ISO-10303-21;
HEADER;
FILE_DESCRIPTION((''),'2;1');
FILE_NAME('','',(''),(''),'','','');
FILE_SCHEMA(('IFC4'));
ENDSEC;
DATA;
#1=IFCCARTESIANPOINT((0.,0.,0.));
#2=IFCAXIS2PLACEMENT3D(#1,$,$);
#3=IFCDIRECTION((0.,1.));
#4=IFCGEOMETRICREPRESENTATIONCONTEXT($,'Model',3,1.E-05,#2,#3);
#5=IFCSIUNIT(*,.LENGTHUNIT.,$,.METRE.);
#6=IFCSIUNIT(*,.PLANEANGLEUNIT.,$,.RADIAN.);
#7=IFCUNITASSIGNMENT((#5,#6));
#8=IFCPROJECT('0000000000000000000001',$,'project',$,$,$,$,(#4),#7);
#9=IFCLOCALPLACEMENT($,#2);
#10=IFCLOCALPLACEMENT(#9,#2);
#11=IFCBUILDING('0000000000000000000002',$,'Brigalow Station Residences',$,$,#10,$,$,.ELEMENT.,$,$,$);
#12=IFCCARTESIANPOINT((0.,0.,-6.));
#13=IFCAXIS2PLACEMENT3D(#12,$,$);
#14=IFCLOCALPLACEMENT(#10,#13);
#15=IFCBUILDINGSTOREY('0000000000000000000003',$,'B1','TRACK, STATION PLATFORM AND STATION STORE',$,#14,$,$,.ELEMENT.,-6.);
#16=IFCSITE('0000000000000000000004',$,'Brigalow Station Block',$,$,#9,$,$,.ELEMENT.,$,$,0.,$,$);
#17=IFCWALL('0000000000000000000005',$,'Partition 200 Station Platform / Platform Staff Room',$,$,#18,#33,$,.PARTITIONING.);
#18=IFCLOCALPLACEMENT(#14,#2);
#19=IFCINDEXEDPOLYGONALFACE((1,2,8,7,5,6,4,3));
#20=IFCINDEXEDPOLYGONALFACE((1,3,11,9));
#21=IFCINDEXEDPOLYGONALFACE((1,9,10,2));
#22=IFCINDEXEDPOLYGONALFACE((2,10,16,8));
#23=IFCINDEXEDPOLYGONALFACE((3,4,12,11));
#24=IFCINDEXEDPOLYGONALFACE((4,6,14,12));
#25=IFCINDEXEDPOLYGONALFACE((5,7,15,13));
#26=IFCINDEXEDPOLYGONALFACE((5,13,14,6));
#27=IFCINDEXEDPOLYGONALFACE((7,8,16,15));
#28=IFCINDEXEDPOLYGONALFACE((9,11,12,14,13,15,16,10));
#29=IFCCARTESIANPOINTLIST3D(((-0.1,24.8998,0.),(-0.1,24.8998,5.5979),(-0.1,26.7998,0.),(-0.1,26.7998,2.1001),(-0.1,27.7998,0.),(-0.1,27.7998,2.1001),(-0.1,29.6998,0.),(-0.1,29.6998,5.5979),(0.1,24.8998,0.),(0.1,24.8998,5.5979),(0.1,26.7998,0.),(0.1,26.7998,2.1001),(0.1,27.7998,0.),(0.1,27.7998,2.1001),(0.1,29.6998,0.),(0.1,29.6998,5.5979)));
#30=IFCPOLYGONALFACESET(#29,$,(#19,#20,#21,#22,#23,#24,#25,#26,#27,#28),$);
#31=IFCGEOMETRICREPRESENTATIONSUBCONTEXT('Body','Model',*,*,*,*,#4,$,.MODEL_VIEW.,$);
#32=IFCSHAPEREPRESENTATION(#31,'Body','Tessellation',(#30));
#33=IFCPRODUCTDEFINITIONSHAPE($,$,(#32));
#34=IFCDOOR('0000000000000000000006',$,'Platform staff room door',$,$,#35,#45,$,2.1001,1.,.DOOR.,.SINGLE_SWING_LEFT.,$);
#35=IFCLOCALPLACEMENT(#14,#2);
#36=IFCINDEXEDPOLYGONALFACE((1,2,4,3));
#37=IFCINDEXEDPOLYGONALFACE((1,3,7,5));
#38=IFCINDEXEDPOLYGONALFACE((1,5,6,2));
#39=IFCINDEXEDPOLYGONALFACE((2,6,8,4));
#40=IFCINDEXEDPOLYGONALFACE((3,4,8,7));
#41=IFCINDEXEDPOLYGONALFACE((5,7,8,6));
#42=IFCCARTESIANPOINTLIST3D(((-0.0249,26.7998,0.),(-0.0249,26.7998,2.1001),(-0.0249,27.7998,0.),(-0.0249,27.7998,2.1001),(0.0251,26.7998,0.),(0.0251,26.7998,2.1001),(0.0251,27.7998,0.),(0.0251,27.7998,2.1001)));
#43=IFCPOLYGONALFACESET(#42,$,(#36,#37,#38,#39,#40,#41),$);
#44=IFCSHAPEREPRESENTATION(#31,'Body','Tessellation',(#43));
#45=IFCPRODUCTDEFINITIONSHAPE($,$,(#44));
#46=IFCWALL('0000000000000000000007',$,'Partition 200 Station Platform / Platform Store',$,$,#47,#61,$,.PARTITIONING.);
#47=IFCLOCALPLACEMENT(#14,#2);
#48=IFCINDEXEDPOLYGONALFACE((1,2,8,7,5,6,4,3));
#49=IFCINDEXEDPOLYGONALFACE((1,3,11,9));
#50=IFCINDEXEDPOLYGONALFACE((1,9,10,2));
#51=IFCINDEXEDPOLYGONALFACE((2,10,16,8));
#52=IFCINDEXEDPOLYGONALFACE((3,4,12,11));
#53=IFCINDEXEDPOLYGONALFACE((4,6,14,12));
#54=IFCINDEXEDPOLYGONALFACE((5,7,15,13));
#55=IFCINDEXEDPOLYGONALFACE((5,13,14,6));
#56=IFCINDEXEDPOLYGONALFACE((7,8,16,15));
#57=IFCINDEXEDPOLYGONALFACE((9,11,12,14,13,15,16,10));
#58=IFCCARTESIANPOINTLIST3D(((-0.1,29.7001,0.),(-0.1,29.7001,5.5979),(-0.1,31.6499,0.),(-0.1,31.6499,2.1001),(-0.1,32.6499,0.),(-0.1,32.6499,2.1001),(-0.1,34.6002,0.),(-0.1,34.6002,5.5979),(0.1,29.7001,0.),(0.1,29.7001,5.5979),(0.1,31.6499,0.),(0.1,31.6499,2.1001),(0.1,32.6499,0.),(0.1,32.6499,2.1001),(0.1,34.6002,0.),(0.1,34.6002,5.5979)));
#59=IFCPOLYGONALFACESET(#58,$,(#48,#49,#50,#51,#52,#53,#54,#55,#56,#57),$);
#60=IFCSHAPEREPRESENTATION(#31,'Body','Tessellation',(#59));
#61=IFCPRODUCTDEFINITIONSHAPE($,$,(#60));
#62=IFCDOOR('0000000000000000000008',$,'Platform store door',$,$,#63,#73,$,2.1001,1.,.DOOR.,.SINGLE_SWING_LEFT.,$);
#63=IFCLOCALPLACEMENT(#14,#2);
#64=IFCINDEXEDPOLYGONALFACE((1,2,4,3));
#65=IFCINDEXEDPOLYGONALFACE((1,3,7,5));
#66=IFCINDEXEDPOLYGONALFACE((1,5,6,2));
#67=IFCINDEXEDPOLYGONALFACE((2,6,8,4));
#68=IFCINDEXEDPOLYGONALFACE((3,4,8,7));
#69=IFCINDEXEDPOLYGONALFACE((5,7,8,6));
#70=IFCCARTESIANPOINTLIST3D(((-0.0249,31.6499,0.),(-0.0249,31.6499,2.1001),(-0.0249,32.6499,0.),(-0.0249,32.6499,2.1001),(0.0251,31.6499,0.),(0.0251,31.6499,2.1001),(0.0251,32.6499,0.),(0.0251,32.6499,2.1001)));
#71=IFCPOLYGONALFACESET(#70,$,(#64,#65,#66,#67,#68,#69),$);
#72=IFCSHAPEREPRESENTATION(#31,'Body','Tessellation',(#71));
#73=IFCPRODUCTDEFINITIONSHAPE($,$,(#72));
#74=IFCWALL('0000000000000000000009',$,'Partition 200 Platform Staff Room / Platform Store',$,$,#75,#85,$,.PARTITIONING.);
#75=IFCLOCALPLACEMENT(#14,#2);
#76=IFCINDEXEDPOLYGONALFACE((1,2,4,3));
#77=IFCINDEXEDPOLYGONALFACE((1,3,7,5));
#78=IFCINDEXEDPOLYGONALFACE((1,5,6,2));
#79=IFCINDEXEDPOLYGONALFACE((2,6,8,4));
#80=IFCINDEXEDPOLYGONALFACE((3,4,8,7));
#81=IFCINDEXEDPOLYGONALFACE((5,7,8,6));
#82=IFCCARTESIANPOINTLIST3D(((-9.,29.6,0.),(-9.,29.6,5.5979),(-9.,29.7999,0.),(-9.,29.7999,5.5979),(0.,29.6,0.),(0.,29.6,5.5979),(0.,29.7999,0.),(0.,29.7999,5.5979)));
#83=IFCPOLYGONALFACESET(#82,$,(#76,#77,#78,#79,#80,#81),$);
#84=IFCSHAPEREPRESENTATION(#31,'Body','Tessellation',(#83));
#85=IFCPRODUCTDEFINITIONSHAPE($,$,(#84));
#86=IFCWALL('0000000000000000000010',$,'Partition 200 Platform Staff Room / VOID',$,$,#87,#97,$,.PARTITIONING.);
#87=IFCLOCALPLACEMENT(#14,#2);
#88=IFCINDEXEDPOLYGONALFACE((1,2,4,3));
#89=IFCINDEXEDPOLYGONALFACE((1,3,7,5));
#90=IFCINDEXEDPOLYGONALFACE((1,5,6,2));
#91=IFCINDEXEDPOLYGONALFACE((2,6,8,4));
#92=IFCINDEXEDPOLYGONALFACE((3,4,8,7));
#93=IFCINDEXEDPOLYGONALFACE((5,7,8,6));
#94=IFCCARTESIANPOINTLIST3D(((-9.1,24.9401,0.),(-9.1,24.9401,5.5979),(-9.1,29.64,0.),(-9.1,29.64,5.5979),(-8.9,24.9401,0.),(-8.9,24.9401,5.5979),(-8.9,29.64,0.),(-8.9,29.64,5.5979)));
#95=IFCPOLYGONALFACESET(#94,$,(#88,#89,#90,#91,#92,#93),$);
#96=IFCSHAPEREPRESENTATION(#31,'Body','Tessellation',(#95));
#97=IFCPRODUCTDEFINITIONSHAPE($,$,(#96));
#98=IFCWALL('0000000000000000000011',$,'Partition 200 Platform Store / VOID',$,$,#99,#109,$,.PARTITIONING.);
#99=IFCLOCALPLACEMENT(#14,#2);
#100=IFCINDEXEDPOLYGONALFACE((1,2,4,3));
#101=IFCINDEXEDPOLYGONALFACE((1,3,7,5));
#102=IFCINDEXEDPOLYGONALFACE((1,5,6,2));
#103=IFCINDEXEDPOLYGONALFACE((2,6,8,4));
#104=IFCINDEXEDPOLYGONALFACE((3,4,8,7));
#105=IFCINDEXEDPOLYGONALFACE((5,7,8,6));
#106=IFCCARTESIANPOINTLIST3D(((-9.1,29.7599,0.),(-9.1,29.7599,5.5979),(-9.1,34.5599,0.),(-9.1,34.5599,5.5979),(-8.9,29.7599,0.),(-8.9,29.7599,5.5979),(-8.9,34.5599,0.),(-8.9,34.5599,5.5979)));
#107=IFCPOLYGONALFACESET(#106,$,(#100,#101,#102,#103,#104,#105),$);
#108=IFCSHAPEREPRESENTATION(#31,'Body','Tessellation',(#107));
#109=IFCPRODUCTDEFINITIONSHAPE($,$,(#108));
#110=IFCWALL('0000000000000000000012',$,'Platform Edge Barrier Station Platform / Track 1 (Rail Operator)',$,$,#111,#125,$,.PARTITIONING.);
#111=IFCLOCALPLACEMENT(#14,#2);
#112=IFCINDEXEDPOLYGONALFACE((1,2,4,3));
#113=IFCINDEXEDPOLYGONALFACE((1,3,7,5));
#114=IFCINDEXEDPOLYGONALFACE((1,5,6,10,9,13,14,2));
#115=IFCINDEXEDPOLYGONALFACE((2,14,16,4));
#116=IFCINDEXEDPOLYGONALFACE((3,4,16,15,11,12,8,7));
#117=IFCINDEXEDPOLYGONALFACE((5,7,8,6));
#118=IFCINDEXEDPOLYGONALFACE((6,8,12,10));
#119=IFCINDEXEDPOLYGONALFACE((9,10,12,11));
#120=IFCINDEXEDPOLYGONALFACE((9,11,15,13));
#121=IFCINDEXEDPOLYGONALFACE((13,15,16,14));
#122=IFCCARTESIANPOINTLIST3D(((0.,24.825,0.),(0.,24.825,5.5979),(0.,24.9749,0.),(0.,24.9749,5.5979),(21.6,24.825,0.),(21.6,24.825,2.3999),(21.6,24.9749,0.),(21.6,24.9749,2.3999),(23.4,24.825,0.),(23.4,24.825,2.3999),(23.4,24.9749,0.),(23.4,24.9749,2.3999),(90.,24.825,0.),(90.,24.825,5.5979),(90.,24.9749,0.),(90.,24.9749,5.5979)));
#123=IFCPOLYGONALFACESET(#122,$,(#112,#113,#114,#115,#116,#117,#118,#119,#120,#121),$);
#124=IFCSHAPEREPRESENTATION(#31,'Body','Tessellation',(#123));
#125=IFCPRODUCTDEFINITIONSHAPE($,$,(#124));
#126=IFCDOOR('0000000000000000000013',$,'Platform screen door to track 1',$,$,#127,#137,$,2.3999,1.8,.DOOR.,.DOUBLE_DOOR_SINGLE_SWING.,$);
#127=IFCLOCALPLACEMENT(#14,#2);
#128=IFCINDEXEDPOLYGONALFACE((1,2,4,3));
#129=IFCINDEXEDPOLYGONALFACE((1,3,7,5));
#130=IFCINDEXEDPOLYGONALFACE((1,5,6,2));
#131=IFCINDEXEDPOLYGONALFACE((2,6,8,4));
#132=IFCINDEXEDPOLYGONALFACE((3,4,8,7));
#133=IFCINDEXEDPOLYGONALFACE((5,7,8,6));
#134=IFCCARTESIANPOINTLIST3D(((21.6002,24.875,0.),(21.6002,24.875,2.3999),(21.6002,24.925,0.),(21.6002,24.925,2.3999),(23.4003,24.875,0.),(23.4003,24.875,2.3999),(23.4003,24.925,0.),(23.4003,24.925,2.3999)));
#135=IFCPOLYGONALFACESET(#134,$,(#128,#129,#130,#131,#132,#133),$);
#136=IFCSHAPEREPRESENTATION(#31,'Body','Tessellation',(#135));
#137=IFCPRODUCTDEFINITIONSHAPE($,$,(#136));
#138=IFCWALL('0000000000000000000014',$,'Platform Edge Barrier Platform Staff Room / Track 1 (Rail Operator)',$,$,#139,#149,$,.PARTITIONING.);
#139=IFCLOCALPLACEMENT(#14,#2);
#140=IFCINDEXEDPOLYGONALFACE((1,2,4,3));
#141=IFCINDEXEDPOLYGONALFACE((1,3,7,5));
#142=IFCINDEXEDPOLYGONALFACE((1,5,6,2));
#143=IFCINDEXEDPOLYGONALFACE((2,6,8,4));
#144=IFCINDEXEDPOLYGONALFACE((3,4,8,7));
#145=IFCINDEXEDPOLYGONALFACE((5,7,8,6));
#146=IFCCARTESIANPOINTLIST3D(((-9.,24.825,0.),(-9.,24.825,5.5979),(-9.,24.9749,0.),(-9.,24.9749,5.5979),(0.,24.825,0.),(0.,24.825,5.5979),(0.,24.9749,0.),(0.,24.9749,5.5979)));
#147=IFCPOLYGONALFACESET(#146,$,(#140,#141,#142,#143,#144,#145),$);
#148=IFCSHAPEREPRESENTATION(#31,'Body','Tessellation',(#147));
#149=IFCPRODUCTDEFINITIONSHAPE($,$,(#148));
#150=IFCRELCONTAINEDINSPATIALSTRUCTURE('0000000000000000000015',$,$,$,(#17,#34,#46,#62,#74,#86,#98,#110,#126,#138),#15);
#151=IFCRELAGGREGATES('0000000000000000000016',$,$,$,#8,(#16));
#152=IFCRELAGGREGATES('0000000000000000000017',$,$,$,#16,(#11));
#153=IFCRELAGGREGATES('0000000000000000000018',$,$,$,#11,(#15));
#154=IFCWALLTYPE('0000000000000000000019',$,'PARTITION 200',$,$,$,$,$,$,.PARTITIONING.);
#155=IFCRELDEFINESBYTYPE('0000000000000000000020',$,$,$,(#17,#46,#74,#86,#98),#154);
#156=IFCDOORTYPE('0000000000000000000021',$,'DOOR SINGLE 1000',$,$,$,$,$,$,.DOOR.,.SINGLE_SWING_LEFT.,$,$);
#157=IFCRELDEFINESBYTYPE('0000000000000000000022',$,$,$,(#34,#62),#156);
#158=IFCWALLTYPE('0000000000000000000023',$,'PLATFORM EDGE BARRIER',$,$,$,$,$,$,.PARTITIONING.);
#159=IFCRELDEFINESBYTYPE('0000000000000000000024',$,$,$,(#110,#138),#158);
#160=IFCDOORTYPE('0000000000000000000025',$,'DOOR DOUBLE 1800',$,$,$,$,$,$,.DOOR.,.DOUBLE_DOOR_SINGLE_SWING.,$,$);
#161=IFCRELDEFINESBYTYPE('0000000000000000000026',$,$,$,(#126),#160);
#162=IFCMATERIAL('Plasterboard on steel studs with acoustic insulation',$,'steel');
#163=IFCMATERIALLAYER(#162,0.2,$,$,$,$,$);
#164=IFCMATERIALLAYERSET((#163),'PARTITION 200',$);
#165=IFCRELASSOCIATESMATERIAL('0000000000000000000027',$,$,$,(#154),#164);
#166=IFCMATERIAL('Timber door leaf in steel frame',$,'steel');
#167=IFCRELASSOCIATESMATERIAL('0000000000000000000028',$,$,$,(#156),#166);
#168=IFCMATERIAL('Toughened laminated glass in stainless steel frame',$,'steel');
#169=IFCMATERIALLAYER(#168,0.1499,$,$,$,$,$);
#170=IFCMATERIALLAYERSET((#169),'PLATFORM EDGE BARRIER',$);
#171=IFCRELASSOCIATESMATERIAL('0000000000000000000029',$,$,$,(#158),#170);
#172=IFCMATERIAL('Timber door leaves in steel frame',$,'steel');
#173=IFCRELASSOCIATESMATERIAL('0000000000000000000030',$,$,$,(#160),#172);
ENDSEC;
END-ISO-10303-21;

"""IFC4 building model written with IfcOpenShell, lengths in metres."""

from ifc_helpers import new_model, si_unit, direction, frame, frame_2d, origin, place, context, subcontext, project, spatial, rectangle, extrude, material, layer, layer_set, type_object, element, fill, save


model = new_model("IFC4")

# Units and contexts
model_context = context("Model", 3, precision=1e-05, world=origin(), true_north=direction((0.0, 1.0)))
body_context = subcontext(model_context, "Body", "Model", "MODEL_VIEW")
ifc_project = project(units=[si_unit("LENGTHUNIT", "METRE"), si_unit("PLANEANGLEUNIT", "RADIAN")], contexts=[model_context])

# Site, building, storey
site_placement = place(None, origin())
site = spatial("IfcSite", under=ifc_project, at=site_placement, Name="Brigalow Station Block", CompositionType="ELEMENT", RefElevation=0.0)
building_placement = place(site_placement, origin())
building = spatial("IfcBuilding", under=site, at=building_placement, Name="Brigalow Station Residences", CompositionType="ELEMENT")
storey_placement = place(building_placement, frame((0.0, 0.0, -6.0)))
storey = spatial("IfcBuildingStorey", under=building, at=storey_placement, Name="B1", Description="TRACK, STATION PLATFORM AND STATION STORE", CompositionType="ELEMENT", Elevation=-6.0)

# Walls, openings, doors
ifc_material_1 = material(Name="Plasterboard on steel studs with acoustic insulation", Category="steel")
ifc_layer_1 = layer(ifc_material_1, 0.2)
ifc_layer_set_1 = layer_set([ifc_layer_1], Name="PARTITION 200")
wall_type_1 = type_object("IfcWallType", Name="PARTITION 200", PredefinedType="PARTITIONING", material=ifc_layer_set_1)
wall_1_placement = place(storey_placement, frame((0.0, 24.8999, 0.0), z_axis=(0.0, 0.0, 1.0), x_axis=(0.0, 1.0, 0.0)))
wall_1 = element("IfcWall", 1, at=wall_1_placement, inside=storey, type_object=wall_type_1, Name="Partition 200 Station Platform / Platform Staff Room", PredefinedType="PARTITIONING", context=body_context, shape_type="SweptSolid", body=[
    extrude(rectangle(XDim=4.8, YDim=0.2, at=frame_2d((2.3999, 0.0))), origin(), (0.0, 0.0, 1.0), 5.5979),
])
opening_1_placement = place(wall_1_placement, frame((1.8999, 0.0, 0.0)))
opening_1 = element("IfcOpeningElement", 2, at=opening_1_placement, cuts=wall_1, PredefinedType="OPENING", context=body_context, shape_type="SweptSolid", body=[
    extrude(rectangle(XDim=1.0, YDim=2.1001, at=frame_2d((0.5, 1.05))), frame((0.0, 0.1099, 0.0), z_axis=(0.0, -1.0, 0.0), x_axis=(1.0, 0.0, 0.0)), (0.0, 0.0, 1.0), 0.22),
])
ifc_material_2 = material(Name="Timber door leaf in steel frame", Category="steel")
door_type_1 = type_object("IfcDoorType", Name="DOOR SINGLE 1000", OperationType="SINGLE_SWING_LEFT", PredefinedType="DOOR", material=ifc_material_2)
door_1_placement = place(opening_1_placement, origin())
door_1 = element("IfcDoor", 3, at=door_1_placement, inside=storey, type_object=door_type_1, Name="Platform staff room door", OperationType="SINGLE_SWING_LEFT", OverallHeight=2.1001, OverallWidth=1.0, PredefinedType="DOOR", context=body_context, shape_type="SweptSolid", body=[
    extrude(rectangle(XDim=1.0, YDim=2.1001, at=frame_2d((0.5, 1.05))), frame((0.0, 0.0249, 0.0), z_axis=(0.0, -1.0, 0.0), x_axis=(1.0, 0.0, 0.0)), (0.0, 0.0, 1.0), 0.05),
])
fill(opening_1, door_1)
wall_2_placement = place(storey_placement, frame((0.0, 29.7, 0.0), z_axis=(0.0, 0.0, 1.0), x_axis=(0.0, 1.0, 0.0)))
wall_2 = element("IfcWall", 4, at=wall_2_placement, inside=storey, type_object=wall_type_1, Name="Partition 200 Station Platform / Platform Store", PredefinedType="PARTITIONING", context=body_context, shape_type="SweptSolid", body=[
    extrude(rectangle(XDim=4.9001, YDim=0.2, at=frame_2d((2.4502, 0.0))), origin(), (0.0, 0.0, 1.0), 5.5979),
])
opening_2_placement = place(wall_2_placement, frame((1.95, 0.0, 0.0)))
opening_2 = element("IfcOpeningElement", 5, at=opening_2_placement, cuts=wall_2, PredefinedType="OPENING", context=body_context, shape_type="SweptSolid", body=[
    extrude(rectangle(XDim=1.0, YDim=2.1001, at=frame_2d((0.5, 1.05))), frame((0.0, 0.1099, 0.0), z_axis=(0.0, -1.0, 0.0), x_axis=(1.0, 0.0, 0.0)), (0.0, 0.0, 1.0), 0.22),
])
door_2_placement = place(opening_2_placement, origin())
door_2 = element("IfcDoor", 6, at=door_2_placement, inside=storey, type_object=door_type_1, Name="Platform store door", OperationType="SINGLE_SWING_LEFT", OverallHeight=2.1001, OverallWidth=1.0, PredefinedType="DOOR", context=body_context, shape_type="SweptSolid", body=[
    extrude(rectangle(XDim=1.0, YDim=2.1001, at=frame_2d((0.5, 1.05))), frame((0.0, 0.0249, 0.0), z_axis=(0.0, -1.0, 0.0), x_axis=(1.0, 0.0, 0.0)), (0.0, 0.0, 1.0), 0.05),
])
fill(opening_2, door_2)

# Walls
wall_3_placement = place(storey_placement, frame((-9.0, 29.7, 0.0), z_axis=(0.0, 0.0, 1.0), x_axis=(1.0, 0.0, 0.0)))
element("IfcWall", 7, at=wall_3_placement, inside=storey, type_object=wall_type_1, Name="Partition 200 Platform Staff Room / Platform Store", PredefinedType="PARTITIONING", context=body_context, shape_type="SweptSolid", body=[
    extrude(rectangle(XDim=9.0, YDim=0.2, at=frame_2d((4.5, 0.0))), origin(), (0.0, 0.0, 1.0), 5.5979),
])
wall_4_placement = place(storey_placement, frame((-9.0, 24.9399, 0.0), z_axis=(0.0, 0.0, 1.0), x_axis=(0.0, 1.0, 0.0)))
element("IfcWall", 8, at=wall_4_placement, inside=storey, type_object=wall_type_1, Name="Partition 200 Platform Staff Room / VOID", PredefinedType="PARTITIONING", context=body_context, shape_type="SweptSolid", body=[
    extrude(rectangle(XDim=4.7, YDim=0.2, at=frame_2d((2.3501, 0.0))), origin(), (0.0, 0.0, 1.0), 5.5979),
])
wall_5_placement = place(storey_placement, frame((-9.0, 29.76, 0.0), z_axis=(0.0, 0.0, 1.0), x_axis=(0.0, 1.0, 0.0)))
element("IfcWall", 9, at=wall_5_placement, inside=storey, type_object=wall_type_1, Name="Partition 200 Platform Store / VOID", PredefinedType="PARTITIONING", context=body_context, shape_type="SweptSolid", body=[
    extrude(rectangle(XDim=4.8, YDim=0.2, at=frame_2d((2.3999, 0.0))), origin(), (0.0, 0.0, 1.0), 5.5979),
])

# Wall, opening, door
ifc_material_3 = material(Name="Toughened laminated glass in stainless steel frame", Category="steel")
ifc_layer_2 = layer(ifc_material_3, 0.1499)
ifc_layer_set_2 = layer_set([ifc_layer_2], Name="PLATFORM EDGE BARRIER")
wall_type_2 = type_object("IfcWallType", Name="PLATFORM EDGE BARRIER", PredefinedType="PARTITIONING", material=ifc_layer_set_2)
wall_6_placement = place(storey_placement, frame((0.0, 24.8999, 0.0), z_axis=(0.0, 0.0, 1.0), x_axis=(1.0, 0.0, 0.0)))
wall_6 = element("IfcWall", 10, at=wall_6_placement, inside=storey, type_object=wall_type_2, Name="Platform Edge Barrier Station Platform / Track 1 (Rail Operator)", PredefinedType="PARTITIONING", context=body_context, shape_type="SweptSolid", body=[
    extrude(rectangle(XDim=90.0, YDim=0.1499, at=frame_2d((45.0, 0.0))), origin(), (0.0, 0.0, 1.0), 5.5979),
])
opening_3_placement = place(wall_6_placement, frame((21.6001, 0.0, 0.0)))
opening_3 = element("IfcOpeningElement", 11, at=opening_3_placement, cuts=wall_6, PredefinedType="OPENING", context=body_context, shape_type="SweptSolid", body=[
    extrude(rectangle(XDim=1.8, YDim=2.3999, at=frame_2d((0.8999, 1.2))), frame((0.0, 0.085, 0.0), z_axis=(0.0, -1.0, 0.0), x_axis=(1.0, 0.0, 0.0)), (0.0, 0.0, 1.0), 0.1699),
])
ifc_material_4 = material(Name="Timber door leaves in steel frame", Category="steel")
door_type_2 = type_object("IfcDoorType", Name="DOOR DOUBLE 1800", OperationType="DOUBLE_DOOR_SINGLE_SWING", PredefinedType="DOOR", material=ifc_material_4)
door_3_placement = place(opening_3_placement, frame((1.8, 0.0, 0.0), z_axis=(0.0, 0.0, 1.0), x_axis=(-1.0, 0.0, 0.0)))
door_3 = element("IfcDoor", 12, at=door_3_placement, inside=storey, type_object=door_type_2, Name="Platform screen door to track 1", OperationType="DOUBLE_DOOR_SINGLE_SWING", OverallHeight=2.3999, OverallWidth=1.8, PredefinedType="DOOR", context=body_context, shape_type="SweptSolid", body=[
    extrude(rectangle(XDim=1.8, YDim=2.3999, at=frame_2d((0.8999, 1.2))), frame((0.0, 0.0249, 0.0), z_axis=(0.0, -1.0, 0.0), x_axis=(1.0, 0.0, 0.0)), (0.0, 0.0, 1.0), 0.05),
])
fill(opening_3, door_3)

# Wall
wall_7_placement = place(storey_placement, frame((-9.0, 24.8999, 0.0), z_axis=(0.0, 0.0, 1.0), x_axis=(1.0, 0.0, 0.0)))
element("IfcWall", 13, at=wall_7_placement, inside=storey, type_object=wall_type_2, Name="Platform Edge Barrier Platform Staff Room / Track 1 (Rail Operator)", PredefinedType="PARTITIONING", context=body_context, shape_type="SweptSolid", body=[
    extrude(rectangle(XDim=9.0, YDim=0.1499, at=frame_2d((4.5, 0.0))), origin(), (0.0, 0.0, 1.0), 5.5979),
])

save(model, "model.ifc")
